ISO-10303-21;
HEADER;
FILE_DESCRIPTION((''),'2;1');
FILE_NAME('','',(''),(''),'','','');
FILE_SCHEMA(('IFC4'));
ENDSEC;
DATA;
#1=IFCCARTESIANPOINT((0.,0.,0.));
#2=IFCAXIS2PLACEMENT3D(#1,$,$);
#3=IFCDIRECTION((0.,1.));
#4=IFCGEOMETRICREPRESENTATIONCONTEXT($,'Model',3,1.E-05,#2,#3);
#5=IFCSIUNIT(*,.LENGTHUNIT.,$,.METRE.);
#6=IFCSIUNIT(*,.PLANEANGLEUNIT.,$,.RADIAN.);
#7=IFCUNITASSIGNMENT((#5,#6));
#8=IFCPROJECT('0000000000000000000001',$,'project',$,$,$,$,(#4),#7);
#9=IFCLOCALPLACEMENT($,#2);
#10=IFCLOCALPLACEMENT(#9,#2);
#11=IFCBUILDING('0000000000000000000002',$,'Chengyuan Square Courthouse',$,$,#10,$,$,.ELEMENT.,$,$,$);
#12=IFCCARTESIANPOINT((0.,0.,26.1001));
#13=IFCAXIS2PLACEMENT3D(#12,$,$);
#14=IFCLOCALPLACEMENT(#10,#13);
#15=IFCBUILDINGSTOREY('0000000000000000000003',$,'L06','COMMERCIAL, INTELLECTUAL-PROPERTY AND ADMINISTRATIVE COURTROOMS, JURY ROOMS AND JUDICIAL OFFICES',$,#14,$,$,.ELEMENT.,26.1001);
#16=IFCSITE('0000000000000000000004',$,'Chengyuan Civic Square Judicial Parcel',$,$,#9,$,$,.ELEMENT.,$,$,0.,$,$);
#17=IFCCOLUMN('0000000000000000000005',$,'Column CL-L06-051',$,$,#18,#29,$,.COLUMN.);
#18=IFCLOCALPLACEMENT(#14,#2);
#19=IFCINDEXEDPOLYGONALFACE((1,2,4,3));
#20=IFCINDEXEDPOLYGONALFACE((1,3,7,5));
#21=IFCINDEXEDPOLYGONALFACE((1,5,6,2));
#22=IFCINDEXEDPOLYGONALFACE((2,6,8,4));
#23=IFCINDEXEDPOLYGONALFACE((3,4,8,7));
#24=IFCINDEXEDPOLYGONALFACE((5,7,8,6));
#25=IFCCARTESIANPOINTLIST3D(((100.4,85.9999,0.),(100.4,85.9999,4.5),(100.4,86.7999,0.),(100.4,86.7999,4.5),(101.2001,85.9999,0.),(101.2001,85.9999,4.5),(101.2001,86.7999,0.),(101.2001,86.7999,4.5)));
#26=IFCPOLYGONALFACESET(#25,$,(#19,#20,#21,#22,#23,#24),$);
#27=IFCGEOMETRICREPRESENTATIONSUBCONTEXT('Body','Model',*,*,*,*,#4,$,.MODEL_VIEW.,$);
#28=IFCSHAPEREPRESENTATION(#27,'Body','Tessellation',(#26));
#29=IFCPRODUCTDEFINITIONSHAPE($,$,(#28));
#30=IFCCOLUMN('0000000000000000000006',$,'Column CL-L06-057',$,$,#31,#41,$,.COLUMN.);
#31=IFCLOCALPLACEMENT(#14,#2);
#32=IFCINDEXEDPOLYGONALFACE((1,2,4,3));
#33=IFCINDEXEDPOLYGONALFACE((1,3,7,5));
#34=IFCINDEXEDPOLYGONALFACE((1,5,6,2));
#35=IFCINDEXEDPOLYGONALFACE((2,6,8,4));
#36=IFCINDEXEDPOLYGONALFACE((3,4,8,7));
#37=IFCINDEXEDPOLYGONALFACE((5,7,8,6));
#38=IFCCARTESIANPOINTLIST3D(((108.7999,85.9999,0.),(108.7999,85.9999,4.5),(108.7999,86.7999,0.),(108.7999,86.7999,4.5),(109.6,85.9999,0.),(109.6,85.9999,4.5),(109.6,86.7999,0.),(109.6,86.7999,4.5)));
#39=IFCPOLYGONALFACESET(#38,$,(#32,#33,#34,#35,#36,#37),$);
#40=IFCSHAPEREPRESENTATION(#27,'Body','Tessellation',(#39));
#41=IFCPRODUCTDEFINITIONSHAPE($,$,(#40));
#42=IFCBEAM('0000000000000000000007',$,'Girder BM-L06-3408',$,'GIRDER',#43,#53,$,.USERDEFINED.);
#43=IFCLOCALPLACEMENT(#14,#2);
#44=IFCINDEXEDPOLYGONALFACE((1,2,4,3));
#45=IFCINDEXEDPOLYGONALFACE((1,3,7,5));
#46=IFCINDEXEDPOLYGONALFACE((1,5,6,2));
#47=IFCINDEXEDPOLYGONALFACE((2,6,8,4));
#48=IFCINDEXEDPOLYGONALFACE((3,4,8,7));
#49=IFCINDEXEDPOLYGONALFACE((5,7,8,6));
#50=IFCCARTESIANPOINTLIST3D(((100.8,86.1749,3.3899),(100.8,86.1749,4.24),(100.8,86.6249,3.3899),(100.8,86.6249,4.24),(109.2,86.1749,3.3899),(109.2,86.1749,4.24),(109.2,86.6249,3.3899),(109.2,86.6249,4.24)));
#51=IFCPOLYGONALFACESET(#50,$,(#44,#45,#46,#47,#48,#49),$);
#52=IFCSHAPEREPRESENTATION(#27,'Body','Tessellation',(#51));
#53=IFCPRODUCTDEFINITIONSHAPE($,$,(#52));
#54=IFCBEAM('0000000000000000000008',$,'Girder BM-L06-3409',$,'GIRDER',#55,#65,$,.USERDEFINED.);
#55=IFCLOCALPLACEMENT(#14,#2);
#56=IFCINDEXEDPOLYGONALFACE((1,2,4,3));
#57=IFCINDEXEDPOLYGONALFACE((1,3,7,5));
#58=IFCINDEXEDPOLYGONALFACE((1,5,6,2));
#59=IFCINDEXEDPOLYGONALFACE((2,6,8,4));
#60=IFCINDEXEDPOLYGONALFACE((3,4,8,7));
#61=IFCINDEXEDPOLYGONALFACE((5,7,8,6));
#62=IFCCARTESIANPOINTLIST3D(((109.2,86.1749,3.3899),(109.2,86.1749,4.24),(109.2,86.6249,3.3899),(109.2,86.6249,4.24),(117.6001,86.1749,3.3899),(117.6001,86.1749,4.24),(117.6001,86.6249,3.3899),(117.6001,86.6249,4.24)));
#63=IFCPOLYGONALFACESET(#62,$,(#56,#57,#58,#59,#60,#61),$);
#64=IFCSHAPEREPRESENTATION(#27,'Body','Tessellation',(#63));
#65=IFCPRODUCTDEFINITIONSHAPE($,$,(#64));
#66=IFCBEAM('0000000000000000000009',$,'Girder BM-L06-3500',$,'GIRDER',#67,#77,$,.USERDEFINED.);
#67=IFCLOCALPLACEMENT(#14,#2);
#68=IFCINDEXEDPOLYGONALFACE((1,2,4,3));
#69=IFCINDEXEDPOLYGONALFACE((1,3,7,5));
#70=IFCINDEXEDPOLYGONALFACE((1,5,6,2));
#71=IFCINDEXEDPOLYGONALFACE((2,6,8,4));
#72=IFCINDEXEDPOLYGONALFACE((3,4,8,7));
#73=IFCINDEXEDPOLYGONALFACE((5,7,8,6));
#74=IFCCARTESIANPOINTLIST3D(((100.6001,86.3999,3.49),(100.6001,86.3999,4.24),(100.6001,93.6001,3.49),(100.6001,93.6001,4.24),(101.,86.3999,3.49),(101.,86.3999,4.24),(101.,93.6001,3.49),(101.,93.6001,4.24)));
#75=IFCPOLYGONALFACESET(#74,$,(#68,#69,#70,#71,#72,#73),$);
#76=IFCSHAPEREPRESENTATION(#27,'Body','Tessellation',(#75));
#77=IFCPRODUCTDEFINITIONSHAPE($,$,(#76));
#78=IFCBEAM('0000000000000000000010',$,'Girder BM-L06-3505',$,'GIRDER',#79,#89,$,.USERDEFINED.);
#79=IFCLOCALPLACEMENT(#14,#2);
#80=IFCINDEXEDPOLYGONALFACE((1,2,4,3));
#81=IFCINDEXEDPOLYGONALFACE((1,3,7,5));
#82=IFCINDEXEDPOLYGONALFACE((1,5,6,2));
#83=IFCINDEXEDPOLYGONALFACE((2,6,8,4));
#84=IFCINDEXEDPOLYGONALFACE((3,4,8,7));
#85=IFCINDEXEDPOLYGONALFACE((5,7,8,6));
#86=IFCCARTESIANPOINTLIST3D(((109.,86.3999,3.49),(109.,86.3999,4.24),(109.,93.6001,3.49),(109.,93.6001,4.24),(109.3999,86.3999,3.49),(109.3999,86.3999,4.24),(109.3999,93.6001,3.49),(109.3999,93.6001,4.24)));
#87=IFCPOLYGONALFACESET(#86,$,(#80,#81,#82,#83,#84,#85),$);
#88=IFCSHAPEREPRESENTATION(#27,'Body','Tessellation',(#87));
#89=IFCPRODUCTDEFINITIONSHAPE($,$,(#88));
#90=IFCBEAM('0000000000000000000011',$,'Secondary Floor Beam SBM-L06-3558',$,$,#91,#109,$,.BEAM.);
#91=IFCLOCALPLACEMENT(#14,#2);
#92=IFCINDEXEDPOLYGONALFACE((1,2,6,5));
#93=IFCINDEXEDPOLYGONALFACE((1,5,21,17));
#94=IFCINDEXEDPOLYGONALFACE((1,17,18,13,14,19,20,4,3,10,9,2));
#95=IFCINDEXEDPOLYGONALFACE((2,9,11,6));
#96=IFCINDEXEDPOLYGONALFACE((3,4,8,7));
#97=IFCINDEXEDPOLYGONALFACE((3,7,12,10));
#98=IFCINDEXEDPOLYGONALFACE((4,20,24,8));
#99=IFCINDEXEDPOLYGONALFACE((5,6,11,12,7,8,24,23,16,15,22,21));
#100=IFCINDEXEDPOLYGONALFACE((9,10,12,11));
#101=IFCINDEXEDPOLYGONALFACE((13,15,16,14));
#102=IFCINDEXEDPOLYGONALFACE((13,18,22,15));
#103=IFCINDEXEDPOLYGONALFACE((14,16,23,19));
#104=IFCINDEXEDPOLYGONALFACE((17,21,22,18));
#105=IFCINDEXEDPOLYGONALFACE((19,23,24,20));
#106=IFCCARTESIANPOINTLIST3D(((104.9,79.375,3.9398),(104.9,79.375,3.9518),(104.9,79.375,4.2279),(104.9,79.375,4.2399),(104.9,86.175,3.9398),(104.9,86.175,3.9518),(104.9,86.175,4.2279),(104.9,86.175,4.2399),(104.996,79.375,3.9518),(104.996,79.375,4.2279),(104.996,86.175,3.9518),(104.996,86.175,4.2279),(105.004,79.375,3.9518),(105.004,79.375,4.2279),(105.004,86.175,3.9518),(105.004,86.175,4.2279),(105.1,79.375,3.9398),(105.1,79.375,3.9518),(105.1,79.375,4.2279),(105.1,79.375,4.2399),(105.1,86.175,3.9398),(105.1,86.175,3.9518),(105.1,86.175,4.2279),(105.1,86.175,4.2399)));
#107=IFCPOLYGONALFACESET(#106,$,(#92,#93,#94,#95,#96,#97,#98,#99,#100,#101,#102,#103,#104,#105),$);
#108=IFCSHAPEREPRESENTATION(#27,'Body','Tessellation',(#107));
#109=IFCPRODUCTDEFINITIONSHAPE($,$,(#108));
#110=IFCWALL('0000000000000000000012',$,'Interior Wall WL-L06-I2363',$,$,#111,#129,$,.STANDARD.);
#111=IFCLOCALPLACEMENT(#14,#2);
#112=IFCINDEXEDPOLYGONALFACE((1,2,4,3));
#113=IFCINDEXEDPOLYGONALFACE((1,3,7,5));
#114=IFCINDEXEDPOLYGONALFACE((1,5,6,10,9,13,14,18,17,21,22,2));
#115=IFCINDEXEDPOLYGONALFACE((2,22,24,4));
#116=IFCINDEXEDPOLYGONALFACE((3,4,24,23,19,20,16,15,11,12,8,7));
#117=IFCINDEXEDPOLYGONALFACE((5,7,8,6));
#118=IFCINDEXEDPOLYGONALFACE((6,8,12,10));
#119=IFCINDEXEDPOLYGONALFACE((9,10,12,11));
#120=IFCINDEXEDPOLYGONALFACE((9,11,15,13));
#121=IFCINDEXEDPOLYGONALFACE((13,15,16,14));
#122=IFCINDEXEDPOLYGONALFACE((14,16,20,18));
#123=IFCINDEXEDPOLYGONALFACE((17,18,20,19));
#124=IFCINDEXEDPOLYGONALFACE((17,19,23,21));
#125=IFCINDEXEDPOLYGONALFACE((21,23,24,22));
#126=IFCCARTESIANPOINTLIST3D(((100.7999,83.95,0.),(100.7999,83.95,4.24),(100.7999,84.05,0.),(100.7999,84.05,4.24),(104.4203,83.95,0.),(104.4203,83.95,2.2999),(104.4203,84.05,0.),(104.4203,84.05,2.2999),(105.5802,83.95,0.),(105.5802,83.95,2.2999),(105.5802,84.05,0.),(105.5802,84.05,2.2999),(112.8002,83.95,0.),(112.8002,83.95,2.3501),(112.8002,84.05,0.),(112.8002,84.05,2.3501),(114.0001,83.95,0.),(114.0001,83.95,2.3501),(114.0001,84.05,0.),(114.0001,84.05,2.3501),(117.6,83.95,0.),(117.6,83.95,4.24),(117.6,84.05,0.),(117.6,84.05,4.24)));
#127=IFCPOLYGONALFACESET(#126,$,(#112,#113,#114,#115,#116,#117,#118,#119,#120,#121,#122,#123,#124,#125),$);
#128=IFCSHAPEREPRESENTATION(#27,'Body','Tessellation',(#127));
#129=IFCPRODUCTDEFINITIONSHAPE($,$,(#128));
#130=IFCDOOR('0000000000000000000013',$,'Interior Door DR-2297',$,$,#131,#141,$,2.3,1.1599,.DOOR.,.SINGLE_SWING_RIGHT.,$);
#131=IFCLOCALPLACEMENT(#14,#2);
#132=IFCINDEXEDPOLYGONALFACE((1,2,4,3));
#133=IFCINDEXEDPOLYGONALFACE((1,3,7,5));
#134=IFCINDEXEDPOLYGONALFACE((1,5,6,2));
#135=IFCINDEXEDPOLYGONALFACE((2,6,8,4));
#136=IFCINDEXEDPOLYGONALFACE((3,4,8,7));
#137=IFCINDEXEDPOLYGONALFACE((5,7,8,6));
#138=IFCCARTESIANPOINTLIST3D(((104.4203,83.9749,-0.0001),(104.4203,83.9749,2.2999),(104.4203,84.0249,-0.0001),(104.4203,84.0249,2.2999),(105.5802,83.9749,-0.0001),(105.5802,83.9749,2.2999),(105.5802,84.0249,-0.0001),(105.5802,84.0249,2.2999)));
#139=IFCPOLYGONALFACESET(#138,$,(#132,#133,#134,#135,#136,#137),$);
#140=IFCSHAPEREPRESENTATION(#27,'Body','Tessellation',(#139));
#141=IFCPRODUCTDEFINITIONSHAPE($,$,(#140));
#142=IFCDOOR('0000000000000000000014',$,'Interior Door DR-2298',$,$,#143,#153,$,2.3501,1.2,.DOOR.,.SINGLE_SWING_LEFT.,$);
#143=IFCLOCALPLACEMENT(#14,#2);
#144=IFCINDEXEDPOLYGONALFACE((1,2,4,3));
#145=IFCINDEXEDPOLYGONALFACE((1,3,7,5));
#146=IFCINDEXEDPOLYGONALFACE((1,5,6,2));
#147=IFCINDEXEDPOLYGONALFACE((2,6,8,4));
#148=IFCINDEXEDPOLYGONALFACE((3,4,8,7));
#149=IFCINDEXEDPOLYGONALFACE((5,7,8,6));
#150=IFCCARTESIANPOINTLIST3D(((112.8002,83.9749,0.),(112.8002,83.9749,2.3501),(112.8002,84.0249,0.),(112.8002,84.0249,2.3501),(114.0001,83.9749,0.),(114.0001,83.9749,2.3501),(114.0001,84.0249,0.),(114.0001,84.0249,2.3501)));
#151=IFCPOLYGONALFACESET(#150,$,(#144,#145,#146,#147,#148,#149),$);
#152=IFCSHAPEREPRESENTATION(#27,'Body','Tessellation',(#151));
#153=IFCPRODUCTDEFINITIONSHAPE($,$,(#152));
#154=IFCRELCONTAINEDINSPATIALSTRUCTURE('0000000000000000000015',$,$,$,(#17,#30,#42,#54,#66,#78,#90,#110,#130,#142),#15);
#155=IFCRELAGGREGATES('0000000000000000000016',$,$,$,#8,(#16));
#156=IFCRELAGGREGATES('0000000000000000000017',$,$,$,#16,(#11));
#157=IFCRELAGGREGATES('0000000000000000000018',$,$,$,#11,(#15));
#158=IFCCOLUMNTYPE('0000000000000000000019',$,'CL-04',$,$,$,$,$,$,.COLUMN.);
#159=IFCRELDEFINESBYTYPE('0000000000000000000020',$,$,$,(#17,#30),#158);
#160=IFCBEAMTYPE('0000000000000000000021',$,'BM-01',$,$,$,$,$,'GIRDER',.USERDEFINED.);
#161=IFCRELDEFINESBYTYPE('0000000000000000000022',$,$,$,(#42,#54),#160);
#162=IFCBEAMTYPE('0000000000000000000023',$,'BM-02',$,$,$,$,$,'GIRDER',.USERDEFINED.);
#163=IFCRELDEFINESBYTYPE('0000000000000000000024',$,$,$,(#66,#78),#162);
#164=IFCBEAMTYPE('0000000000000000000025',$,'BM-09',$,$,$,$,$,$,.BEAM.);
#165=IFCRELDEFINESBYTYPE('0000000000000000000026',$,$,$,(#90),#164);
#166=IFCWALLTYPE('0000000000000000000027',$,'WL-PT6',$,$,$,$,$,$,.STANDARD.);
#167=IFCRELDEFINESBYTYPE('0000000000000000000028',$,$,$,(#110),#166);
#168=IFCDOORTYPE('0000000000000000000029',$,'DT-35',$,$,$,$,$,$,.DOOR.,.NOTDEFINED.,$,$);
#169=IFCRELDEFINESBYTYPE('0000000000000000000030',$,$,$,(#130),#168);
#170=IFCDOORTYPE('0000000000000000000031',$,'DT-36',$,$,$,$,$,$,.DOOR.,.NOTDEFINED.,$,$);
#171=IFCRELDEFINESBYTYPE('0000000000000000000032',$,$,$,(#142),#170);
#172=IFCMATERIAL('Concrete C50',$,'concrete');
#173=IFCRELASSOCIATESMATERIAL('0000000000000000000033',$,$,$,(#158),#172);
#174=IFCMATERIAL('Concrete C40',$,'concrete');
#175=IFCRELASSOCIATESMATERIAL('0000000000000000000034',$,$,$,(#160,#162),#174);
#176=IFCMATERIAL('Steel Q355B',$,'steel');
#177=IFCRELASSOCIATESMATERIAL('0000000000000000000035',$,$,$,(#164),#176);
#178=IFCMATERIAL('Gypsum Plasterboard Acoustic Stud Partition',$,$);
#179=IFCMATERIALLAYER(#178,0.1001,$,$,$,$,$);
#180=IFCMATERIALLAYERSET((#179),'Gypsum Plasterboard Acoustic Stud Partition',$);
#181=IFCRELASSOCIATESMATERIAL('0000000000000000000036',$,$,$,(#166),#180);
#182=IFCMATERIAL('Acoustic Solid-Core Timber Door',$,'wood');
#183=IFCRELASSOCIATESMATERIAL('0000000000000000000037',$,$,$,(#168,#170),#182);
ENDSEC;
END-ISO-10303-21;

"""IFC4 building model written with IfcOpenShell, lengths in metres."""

from ifc_helpers import new_model, si_unit, direction, frame, frame_2d, origin, origin_2d, place, context, subcontext, project, spatial, rectangle, i_section, extrude, material, layer, layer_set, material_profile, profile_set, type_object, element, fill, save


model = new_model("IFC4")

# Units and contexts
model_context = context("Model", 3, precision=1e-05, world=origin(), true_north=direction((0.0, 1.0)))
body_context = subcontext(model_context, "Body", "Model", "MODEL_VIEW")
ifc_project = project(units=[si_unit("LENGTHUNIT", "METRE"), si_unit("PLANEANGLEUNIT", "RADIAN")], contexts=[model_context])

# Site, building, storey
site_placement = place(None, origin())
site = spatial("IfcSite", under=ifc_project, at=site_placement, Name="Chengyuan Civic Square Judicial Parcel", CompositionType="ELEMENT", RefElevation=0.0)
building_placement = place(site_placement, origin())
building = spatial("IfcBuilding", under=site, at=building_placement, Name="Chengyuan Square Courthouse", CompositionType="ELEMENT")
storey_placement = place(building_placement, frame((0.0, 0.0, 26.1001)))
storey = spatial("IfcBuildingStorey", under=building, at=storey_placement, Name="L06", Description="COMMERCIAL, INTELLECTUAL-PROPERTY AND ADMINISTRATIVE COURTROOMS, JURY ROOMS AND JUDICIAL OFFICES", CompositionType="ELEMENT", Elevation=26.1001)

# Columns
ifc_material_1 = material(Name="Concrete C50", Category="concrete")
ifc_material_profile_1 = material_profile(ifc_material_1, rectangle(XDim=0.8, YDim=0.8, at=origin_2d()), Name="RC-COL-800x800")
ifc_profile_set_1 = profile_set([ifc_material_profile_1], Name="Concrete C50")
column_type = type_object("IfcColumnType", Name="CL-04", PredefinedType="COLUMN", material=ifc_profile_set_1)
for number, where, z_axis, x_axis, name in (
    (1, (100.8, 86.3999, 0.0), (0.0, 0.0, 1.0), (1.0, 0.0, 0.0), "Column CL-L06-051"),
    (2, (109.2, 86.3999, 0.0), (0.0, 0.0, 1.0), (1.0, 0.0, 0.0), "Column CL-L06-057"),
):
    element("IfcColumn", number, at=place(storey_placement, frame(where, z_axis=z_axis, x_axis=x_axis)), inside=storey, type_object=column_type, Name=name, PredefinedType="COLUMN", context=body_context, shape_type="SweptSolid", body=[
        extrude(rectangle(XDim=0.8, YDim=0.8, at=origin_2d()), origin(), (0.0, 0.0, 1.0), 4.5),
    ])

# Beams
ifc_material_2 = material(Name="Concrete C40", Category="concrete")
ifc_material_profile_2 = material_profile(ifc_material_2, rectangle(XDim=0.45, YDim=0.8501, at=origin_2d()), Name="RC-BM-450x850")
ifc_profile_set_2 = profile_set([ifc_material_profile_2], Name="Concrete C40")
beam_type_1 = type_object("IfcBeamType", Name="BM-01", ElementType="GIRDER", PredefinedType="USERDEFINED", material=ifc_profile_set_2)
beam_1_placement = place(storey_placement, frame((100.8, 86.3999, 3.8149), z_axis=(1.0, 0.0, 0.0), x_axis=(0.0, 1.0, 0.0)))
element("IfcBeam", 3, at=beam_1_placement, inside=storey, type_object=beam_type_1, Name="Girder BM-L06-3408", ObjectType="GIRDER", PredefinedType="USERDEFINED", context=body_context, shape_type="SweptSolid", body=[
    extrude(rectangle(XDim=0.45, YDim=0.8501, at=origin_2d()), origin(), (0.0, 0.0, 1.0), 8.3999),
])
beam_2_placement = place(storey_placement, frame((109.2, 86.3999, 3.8149), z_axis=(1.0, 0.0, 0.0), x_axis=(0.0, 1.0, 0.0)))
element("IfcBeam", 4, at=beam_2_placement, inside=storey, type_object=beam_type_1, Name="Girder BM-L06-3409", ObjectType="GIRDER", PredefinedType="USERDEFINED", context=body_context, shape_type="SweptSolid", body=[
    extrude(rectangle(XDim=0.45, YDim=0.8501, at=origin_2d()), origin(), (0.0, 0.0, 1.0), 8.4001),
])
ifc_material_profile_3 = material_profile(ifc_material_2, rectangle(XDim=0.3999, YDim=0.75, at=origin_2d()), Name="RC-BM-400x750")
ifc_profile_set_3 = profile_set([ifc_material_profile_3], Name="Concrete C40")
beam_type_2 = type_object("IfcBeamType", Name="BM-02", ElementType="GIRDER", PredefinedType="USERDEFINED", material=ifc_profile_set_3)
for number, where, z_axis, x_axis, name in (
    (5, (100.8, 86.3999, 3.865), (0.0, 1.0, 0.0), (-1.0, 0.0, 0.0), "Girder BM-L06-3500"),
    (6, (109.2, 86.3999, 3.865), (0.0, 1.0, 0.0), (-1.0, 0.0, 0.0), "Girder BM-L06-3505"),
):
    element("IfcBeam", number, at=place(storey_placement, frame(where, z_axis=z_axis, x_axis=x_axis)), inside=storey, type_object=beam_type_2, Name=name, ObjectType="GIRDER", PredefinedType="USERDEFINED", context=body_context, shape_type="SweptSolid", body=[
        extrude(rectangle(XDim=0.3999, YDim=0.75, at=origin_2d()), origin(), (0.0, 0.0, 1.0), 7.2002),
    ])
ifc_material_3 = material(Name="Steel Q355B", Category="steel")
ifc_material_profile_4 = material_profile(ifc_material_3, i_section(OverallWidth=0.2, OverallDepth=0.3, WebThickness=0.0081, FlangeThickness=0.012, at=origin_2d()), Name="HM 300x200x8x12")
ifc_profile_set_4 = profile_set([ifc_material_profile_4], Name="Steel Q355B")
beam_type_3 = type_object("IfcBeamType", Name="BM-09", PredefinedType="BEAM", material=ifc_profile_set_4)
beam_3_placement = place(storey_placement, frame((105.0, 79.375, 4.0898), z_axis=(0.0, 1.0, 0.0), x_axis=(-1.0, 0.0, 0.0)))
element("IfcBeam", 7, at=beam_3_placement, inside=storey, type_object=beam_type_3, Name="Secondary Floor Beam SBM-L06-3558", PredefinedType="BEAM", context=body_context, shape_type="SweptSolid", body=[
    extrude(i_section(OverallWidth=0.2, OverallDepth=0.3, WebThickness=0.0081, FlangeThickness=0.012, at=origin_2d()), origin(), (0.0, 0.0, 1.0), 6.8),
])

# Wall, openings, doors
ifc_material_4 = material(Name="Gypsum Plasterboard Acoustic Stud Partition")
ifc_layer_1 = layer(ifc_material_4, 0.1001)
ifc_layer_set_1 = layer_set([ifc_layer_1], Name="Gypsum Plasterboard Acoustic Stud Partition")
wall_type_1 = type_object("IfcWallType", Name="WL-PT6", PredefinedType="STANDARD", material=ifc_layer_set_1)
wall_1_placement = place(storey_placement, frame((100.8, 84.0, 0.0), z_axis=(0.0, 0.0, 1.0), x_axis=(1.0, 0.0, 0.0)))
wall_1 = element("IfcWall", 8, at=wall_1_placement, inside=storey, type_object=wall_type_1, Name="Interior Wall WL-L06-I2363", PredefinedType="STANDARD", context=body_context, shape_type="SweptSolid", body=[
    extrude(rectangle(XDim=16.8, YDim=0.1001, at=frame_2d((8.3999, 0.0))), origin(), (0.0, 0.0, 1.0), 4.24),
])
opening_1_placement = place(wall_1_placement, frame((3.6201, 0.0, 0.0)))
opening_1 = element("IfcOpeningElement", 9, at=opening_1_placement, cuts=wall_1, PredefinedType="OPENING", context=body_context, shape_type="SweptSolid", body=[
    extrude(rectangle(XDim=1.1599, YDim=2.3, at=frame_2d((0.5801, 1.1499))), frame((0.0, 0.062, 0.0), z_axis=(0.0, -1.0, 0.0), x_axis=(1.0, 0.0, 0.0)), (0.0, 0.0, 1.0), 0.124),
])
opening_2_placement = place(wall_1_placement, frame((12.0, 0.0, 0.0)))
opening_2 = element("IfcOpeningElement", 10, at=opening_2_placement, cuts=wall_1, PredefinedType="OPENING", context=body_context, shape_type="SweptSolid", body=[
    extrude(rectangle(XDim=1.2, YDim=2.3501, at=frame_2d((0.6001, 1.175))), frame((0.0, 0.062, 0.0), z_axis=(0.0, -1.0, 0.0), x_axis=(1.0, 0.0, 0.0)), (0.0, 0.0, 1.0), 0.124),
])
ifc_material_5 = material(Name="Acoustic Solid-Core Timber Door", Category="wood")
door_type_1 = type_object("IfcDoorType", Name="DT-35", OperationType="NOTDEFINED", PredefinedType="DOOR", material=ifc_material_5)
door_1_placement = place(opening_1_placement, origin())
door_1 = element("IfcDoor", 11, at=door_1_placement, inside=storey, type_object=door_type_1, Name="Interior Door DR-2297", OperationType="SINGLE_SWING_RIGHT", OverallHeight=2.3, OverallWidth=1.1599, PredefinedType="DOOR", context=body_context, shape_type="SweptSolid", body=[
    extrude(rectangle(XDim=1.1599, YDim=2.3, at=frame_2d((0.5801, 1.1499))), frame((0.0, 0.0249, 0.0), z_axis=(0.0, -1.0, 0.0), x_axis=(1.0, 0.0, 0.0)), (0.0, 0.0, 1.0), 0.05),
])
fill(opening_1, door_1)
door_type_2 = type_object("IfcDoorType", Name="DT-36", OperationType="NOTDEFINED", PredefinedType="DOOR", material=ifc_material_5)
door_2_placement = place(opening_2_placement, origin())
door_2 = element("IfcDoor", 12, at=door_2_placement, inside=storey, type_object=door_type_2, Name="Interior Door DR-2298", OperationType="SINGLE_SWING_LEFT", OverallHeight=2.3501, OverallWidth=1.2, PredefinedType="DOOR", context=body_context, shape_type="SweptSolid", body=[
    extrude(rectangle(XDim=1.2, YDim=2.3501, at=frame_2d((0.6001, 1.175))), frame((0.0, 0.0249, 0.0), z_axis=(0.0, -1.0, 0.0), x_axis=(1.0, 0.0, 0.0)), (0.0, 0.0, 1.0), 0.05),
])
fill(opening_2, door_2)

save(model, "model.ifc")
